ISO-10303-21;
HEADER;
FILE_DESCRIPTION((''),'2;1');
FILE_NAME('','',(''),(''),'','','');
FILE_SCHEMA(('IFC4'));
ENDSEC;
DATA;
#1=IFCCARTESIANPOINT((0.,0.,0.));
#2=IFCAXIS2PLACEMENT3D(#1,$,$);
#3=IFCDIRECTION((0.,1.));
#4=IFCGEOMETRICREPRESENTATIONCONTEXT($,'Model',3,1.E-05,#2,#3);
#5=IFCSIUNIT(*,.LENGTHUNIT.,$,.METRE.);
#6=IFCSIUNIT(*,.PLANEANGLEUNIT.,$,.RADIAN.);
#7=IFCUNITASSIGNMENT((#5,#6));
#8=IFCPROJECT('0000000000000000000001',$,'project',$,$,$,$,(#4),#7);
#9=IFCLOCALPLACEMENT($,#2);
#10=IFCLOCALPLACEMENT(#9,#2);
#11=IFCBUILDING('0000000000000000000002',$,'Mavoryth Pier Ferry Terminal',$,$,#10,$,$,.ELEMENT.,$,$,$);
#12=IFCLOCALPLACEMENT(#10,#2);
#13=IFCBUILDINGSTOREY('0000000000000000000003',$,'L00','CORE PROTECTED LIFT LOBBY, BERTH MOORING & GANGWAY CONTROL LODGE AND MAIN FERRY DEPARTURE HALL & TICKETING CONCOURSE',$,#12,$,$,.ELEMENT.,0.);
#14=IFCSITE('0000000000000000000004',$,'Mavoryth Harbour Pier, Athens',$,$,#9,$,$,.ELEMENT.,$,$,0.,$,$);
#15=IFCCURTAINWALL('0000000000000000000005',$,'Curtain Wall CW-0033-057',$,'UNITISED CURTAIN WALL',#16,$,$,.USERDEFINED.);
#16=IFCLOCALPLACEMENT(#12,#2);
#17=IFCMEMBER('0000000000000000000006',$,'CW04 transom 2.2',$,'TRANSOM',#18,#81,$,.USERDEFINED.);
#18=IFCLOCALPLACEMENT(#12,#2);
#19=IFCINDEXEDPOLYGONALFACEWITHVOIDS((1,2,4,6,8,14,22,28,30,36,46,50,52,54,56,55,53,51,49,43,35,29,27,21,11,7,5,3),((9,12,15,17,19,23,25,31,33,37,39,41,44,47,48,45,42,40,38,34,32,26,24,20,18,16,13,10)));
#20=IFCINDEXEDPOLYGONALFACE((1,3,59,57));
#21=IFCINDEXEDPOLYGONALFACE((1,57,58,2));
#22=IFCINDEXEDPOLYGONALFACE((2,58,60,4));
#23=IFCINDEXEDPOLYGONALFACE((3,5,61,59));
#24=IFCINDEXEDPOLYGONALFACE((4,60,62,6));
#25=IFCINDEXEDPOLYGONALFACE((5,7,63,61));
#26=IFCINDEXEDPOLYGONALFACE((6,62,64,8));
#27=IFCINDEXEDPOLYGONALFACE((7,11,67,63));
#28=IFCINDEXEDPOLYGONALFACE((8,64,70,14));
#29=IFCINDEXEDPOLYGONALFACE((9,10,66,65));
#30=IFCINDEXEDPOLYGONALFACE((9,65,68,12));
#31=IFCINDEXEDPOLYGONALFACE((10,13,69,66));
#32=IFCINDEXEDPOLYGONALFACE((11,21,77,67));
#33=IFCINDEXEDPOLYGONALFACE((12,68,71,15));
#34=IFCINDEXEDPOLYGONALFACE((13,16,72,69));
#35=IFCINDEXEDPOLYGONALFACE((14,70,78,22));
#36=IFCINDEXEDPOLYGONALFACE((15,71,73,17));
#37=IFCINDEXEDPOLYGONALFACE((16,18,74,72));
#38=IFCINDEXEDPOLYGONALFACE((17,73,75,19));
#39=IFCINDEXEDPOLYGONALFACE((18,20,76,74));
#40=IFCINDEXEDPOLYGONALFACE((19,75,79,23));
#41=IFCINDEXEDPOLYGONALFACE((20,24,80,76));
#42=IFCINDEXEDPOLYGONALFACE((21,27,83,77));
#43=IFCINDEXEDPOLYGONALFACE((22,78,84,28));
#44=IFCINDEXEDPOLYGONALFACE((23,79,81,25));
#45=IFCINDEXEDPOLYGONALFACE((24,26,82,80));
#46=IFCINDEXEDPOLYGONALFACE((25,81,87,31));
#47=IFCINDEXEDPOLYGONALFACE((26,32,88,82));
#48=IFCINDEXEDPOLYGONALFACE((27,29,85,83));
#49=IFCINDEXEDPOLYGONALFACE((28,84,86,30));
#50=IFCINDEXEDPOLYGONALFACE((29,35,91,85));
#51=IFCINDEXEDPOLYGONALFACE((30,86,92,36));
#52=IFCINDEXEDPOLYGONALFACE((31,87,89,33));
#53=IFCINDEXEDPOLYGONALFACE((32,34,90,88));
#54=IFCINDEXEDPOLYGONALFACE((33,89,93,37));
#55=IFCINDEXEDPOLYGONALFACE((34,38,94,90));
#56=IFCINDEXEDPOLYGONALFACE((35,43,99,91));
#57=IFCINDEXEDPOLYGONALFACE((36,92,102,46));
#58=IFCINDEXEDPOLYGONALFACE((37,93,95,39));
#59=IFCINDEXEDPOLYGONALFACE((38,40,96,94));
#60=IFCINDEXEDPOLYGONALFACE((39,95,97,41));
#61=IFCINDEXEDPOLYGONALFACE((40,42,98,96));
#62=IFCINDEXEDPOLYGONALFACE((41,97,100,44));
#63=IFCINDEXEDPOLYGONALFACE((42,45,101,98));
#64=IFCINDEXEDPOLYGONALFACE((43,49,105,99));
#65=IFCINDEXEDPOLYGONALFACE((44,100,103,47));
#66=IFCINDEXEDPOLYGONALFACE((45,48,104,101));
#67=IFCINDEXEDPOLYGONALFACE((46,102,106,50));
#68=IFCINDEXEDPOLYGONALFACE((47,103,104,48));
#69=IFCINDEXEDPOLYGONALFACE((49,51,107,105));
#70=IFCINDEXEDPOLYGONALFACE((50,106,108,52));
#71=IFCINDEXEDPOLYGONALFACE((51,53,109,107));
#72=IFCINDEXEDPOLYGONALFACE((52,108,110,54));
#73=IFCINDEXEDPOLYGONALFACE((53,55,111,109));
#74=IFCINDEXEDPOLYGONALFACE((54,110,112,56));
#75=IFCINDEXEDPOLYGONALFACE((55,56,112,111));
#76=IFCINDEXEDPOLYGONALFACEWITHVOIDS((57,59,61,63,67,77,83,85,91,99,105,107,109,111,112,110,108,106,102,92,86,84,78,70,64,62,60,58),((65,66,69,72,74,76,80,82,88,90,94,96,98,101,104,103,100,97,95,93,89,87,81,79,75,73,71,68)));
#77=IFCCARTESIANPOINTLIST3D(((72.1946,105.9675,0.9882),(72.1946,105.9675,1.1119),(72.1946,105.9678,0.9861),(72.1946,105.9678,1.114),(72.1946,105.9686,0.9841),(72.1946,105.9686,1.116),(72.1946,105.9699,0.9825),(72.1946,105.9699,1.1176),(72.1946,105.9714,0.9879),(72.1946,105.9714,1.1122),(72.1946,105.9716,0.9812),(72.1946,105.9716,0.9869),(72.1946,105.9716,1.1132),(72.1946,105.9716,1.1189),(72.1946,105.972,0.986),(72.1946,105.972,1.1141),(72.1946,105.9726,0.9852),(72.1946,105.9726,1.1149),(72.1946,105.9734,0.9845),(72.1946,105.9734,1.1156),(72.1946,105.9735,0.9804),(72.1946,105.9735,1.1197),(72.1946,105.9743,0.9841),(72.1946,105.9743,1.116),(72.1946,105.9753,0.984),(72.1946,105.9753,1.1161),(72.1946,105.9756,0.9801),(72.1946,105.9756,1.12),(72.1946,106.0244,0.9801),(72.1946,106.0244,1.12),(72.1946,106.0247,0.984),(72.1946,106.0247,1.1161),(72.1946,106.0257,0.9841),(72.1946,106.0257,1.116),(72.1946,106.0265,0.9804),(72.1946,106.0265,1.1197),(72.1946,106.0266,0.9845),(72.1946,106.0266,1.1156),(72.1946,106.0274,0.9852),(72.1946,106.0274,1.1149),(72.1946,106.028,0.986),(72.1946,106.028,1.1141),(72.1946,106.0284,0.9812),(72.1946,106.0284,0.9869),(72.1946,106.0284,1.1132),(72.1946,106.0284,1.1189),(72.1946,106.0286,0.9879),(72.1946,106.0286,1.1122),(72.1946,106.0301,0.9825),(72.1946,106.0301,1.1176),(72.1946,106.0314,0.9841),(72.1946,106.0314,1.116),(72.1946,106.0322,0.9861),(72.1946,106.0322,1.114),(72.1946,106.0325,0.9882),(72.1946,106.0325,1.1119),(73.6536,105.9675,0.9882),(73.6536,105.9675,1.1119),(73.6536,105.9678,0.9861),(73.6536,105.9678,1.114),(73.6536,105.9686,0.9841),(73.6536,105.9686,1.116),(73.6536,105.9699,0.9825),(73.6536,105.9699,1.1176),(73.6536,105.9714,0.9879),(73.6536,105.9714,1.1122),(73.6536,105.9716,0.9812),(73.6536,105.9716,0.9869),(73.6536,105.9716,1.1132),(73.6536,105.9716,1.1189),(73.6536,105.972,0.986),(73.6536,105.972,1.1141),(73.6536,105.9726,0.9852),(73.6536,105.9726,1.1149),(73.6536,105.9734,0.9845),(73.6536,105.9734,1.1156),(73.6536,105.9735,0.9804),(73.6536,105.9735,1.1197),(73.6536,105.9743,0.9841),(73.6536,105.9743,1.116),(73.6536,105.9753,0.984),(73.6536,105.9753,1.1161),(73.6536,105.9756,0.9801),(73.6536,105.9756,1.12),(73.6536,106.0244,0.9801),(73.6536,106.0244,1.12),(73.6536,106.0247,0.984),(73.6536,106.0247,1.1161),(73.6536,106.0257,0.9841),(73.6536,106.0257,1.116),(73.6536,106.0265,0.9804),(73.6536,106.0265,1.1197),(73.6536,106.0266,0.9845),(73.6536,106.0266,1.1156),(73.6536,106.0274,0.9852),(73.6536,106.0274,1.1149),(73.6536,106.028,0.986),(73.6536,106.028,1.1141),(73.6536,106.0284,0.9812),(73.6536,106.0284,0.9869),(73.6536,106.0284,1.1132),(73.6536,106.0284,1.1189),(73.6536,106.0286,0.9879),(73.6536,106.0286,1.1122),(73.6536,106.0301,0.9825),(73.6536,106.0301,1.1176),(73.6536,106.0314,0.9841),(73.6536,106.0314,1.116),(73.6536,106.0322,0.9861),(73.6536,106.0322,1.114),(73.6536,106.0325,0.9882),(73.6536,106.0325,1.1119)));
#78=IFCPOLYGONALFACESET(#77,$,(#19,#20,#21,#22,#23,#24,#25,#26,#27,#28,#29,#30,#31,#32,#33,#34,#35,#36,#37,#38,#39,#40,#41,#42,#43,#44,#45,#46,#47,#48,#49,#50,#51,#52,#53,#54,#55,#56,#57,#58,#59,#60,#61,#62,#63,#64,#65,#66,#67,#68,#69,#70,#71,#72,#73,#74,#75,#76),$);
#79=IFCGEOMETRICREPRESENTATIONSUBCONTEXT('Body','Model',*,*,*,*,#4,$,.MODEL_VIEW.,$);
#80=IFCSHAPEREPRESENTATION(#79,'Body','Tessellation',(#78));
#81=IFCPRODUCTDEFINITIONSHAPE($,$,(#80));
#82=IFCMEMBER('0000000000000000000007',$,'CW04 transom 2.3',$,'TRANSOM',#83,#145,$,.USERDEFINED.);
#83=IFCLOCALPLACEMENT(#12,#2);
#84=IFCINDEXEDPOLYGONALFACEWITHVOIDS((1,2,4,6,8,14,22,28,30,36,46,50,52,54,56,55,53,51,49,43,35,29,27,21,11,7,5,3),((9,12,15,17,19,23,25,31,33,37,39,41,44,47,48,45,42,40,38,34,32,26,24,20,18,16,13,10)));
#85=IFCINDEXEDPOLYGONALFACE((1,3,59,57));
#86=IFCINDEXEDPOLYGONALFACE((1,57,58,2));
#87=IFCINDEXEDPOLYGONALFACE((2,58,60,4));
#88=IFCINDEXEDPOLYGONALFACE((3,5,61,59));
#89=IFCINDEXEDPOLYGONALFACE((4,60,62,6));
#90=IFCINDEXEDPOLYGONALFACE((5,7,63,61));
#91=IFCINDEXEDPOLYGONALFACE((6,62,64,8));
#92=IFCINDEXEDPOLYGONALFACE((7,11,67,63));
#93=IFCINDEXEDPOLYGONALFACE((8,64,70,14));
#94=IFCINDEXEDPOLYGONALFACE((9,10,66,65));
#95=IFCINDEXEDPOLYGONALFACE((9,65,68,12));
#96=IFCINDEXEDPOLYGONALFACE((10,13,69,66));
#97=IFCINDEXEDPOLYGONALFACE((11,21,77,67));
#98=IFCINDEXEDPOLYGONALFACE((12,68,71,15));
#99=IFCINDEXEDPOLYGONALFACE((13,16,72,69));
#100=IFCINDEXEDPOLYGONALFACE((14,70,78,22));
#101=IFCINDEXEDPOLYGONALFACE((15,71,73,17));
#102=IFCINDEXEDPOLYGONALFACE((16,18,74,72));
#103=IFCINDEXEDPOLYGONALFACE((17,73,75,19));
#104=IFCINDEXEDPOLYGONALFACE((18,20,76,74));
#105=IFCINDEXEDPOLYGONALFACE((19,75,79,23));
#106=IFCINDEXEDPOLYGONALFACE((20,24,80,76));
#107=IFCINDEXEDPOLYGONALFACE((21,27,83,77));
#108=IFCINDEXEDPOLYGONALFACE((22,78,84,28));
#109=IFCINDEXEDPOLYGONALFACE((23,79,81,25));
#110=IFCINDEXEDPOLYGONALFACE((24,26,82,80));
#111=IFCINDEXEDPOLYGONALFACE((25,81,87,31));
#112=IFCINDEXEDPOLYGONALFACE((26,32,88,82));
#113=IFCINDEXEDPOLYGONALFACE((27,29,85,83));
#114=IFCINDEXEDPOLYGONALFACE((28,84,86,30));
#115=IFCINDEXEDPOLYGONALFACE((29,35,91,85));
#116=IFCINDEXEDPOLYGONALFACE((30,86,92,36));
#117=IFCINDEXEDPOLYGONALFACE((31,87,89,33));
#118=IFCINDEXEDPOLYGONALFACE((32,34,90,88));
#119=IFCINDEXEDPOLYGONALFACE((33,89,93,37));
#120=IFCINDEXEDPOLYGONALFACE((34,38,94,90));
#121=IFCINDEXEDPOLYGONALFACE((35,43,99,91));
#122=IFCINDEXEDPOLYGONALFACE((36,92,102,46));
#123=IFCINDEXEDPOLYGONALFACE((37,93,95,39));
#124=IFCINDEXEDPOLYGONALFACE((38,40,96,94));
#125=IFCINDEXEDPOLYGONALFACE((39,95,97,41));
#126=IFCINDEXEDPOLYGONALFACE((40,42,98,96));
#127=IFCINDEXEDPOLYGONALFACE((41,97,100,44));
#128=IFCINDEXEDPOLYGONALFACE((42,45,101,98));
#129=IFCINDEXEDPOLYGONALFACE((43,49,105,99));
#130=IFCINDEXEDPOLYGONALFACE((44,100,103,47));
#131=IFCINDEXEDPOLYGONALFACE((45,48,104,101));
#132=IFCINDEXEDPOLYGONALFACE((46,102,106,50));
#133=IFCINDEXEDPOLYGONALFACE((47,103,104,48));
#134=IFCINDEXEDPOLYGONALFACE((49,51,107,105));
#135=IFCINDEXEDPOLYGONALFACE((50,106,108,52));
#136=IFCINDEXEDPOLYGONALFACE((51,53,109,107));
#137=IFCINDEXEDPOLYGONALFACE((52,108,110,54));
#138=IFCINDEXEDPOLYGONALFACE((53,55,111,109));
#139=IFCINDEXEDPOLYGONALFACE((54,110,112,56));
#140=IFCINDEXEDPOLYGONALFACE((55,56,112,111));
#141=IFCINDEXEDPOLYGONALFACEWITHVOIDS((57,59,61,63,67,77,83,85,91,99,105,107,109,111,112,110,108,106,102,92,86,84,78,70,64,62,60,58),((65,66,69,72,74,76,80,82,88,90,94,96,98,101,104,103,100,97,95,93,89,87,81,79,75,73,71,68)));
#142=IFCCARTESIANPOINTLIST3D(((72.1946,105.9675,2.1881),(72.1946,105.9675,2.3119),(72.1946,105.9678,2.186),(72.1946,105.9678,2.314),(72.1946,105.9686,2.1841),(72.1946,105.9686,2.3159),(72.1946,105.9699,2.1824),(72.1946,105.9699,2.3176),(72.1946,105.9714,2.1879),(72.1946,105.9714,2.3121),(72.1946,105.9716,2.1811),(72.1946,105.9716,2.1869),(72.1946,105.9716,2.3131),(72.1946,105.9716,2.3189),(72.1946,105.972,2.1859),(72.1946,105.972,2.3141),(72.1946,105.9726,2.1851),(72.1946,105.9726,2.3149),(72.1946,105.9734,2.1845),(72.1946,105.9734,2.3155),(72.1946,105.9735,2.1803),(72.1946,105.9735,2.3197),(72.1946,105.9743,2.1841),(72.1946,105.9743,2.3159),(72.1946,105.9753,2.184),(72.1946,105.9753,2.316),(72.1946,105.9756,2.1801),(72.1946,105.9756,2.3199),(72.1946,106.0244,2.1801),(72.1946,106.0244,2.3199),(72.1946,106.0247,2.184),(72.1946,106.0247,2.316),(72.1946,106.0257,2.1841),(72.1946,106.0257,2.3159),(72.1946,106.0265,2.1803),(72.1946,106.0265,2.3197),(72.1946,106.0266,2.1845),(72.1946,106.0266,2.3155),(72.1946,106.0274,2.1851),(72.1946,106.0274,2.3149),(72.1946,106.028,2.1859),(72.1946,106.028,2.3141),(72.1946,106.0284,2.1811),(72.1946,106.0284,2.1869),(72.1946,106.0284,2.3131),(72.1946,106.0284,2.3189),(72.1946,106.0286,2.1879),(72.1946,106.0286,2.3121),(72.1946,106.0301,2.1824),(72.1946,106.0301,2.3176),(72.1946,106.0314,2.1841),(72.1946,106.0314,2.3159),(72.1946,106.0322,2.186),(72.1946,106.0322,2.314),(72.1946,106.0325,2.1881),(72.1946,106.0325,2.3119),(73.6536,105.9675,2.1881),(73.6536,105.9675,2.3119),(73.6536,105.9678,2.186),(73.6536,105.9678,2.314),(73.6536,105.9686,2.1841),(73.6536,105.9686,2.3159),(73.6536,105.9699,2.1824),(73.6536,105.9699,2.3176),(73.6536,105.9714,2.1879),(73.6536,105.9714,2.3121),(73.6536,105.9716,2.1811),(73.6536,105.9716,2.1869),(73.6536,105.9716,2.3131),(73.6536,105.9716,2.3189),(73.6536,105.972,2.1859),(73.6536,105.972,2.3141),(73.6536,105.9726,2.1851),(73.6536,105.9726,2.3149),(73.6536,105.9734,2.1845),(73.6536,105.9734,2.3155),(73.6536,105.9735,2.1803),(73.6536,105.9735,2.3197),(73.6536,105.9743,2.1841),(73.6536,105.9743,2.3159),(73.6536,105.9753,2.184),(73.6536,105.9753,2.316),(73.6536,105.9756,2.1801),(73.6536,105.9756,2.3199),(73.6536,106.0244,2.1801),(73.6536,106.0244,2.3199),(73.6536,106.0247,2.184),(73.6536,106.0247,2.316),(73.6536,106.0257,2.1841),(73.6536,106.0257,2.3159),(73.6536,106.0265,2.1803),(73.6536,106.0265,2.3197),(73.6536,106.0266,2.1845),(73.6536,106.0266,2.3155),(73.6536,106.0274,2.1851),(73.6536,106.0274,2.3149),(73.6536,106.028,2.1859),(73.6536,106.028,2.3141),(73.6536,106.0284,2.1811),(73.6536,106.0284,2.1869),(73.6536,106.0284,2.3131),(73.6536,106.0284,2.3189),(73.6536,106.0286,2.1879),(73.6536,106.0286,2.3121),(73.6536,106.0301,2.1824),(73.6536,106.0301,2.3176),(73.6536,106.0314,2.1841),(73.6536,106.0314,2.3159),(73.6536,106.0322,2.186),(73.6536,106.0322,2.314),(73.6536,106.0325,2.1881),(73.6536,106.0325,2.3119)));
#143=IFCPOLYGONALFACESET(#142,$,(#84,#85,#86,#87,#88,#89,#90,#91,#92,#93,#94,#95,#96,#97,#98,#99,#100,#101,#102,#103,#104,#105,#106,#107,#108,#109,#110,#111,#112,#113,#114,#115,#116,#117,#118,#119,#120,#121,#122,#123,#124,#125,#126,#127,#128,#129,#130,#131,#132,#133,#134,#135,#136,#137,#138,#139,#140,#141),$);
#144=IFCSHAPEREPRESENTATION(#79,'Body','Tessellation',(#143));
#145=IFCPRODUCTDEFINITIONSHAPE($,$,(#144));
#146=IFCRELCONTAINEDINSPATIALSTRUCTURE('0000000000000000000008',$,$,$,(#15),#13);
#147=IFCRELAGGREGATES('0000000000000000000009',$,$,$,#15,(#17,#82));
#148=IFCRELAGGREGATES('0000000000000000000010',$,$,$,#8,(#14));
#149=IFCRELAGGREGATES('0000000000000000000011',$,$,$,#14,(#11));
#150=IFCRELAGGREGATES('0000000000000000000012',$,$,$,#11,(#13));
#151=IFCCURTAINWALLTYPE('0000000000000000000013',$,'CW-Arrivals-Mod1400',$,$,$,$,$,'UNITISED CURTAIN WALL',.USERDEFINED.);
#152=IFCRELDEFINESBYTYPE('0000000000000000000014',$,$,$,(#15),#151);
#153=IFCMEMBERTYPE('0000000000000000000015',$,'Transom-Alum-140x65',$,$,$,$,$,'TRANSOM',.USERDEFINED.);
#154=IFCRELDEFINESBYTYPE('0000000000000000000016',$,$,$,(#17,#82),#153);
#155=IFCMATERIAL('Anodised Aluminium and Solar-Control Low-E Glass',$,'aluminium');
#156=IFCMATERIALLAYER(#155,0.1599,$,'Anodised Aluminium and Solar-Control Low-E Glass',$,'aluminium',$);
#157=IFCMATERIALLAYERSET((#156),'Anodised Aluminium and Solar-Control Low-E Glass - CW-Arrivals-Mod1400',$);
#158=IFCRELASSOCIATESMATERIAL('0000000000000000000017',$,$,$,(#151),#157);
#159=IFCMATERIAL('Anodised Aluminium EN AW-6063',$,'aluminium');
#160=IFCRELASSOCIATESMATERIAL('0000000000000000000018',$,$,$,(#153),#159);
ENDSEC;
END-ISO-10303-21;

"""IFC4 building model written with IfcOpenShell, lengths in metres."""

from ifc_helpers import new_model, si_unit, direction, frame, origin, origin_2d, place, context, subcontext, project, spatial, hollow_rectangle, extrude, material, layer, layer_set, material_profile, profile_set, type_object, element, aggregate, save


model = new_model("IFC4")

# Units and contexts
model_context = context("Model", 3, precision=1e-05, world=origin(), true_north=direction((0.0, 1.0)))
body_context = subcontext(model_context, "Body", "Model", "MODEL_VIEW")
ifc_project = project(units=[si_unit("LENGTHUNIT", "METRE"), si_unit("PLANEANGLEUNIT", "RADIAN")], contexts=[model_context])

# Site, building, storey
site_placement = place(None, origin())
site = spatial("IfcSite", under=ifc_project, at=site_placement, Name="Mavoryth Harbour Pier, Athens", CompositionType="ELEMENT", RefElevation=0.0)
building_placement = place(site_placement, origin())
building = spatial("IfcBuilding", under=site, at=building_placement, Name="Mavoryth Pier Ferry Terminal", CompositionType="ELEMENT")
storey_placement = place(building_placement, origin())
storey = spatial("IfcBuildingStorey", under=building, at=storey_placement, Name="L00", Description="CORE PROTECTED LIFT LOBBY, BERTH MOORING & GANGWAY CONTROL LODGE AND MAIN FERRY DEPARTURE HALL & TICKETING CONCOURSE", CompositionType="ELEMENT", Elevation=0.0)

# Curtain wall, members
ifc_material_1 = material(Name="Anodised Aluminium and Solar-Control Low-E Glass", Category="aluminium")
ifc_layer_1 = layer(ifc_material_1, 0.1599, Name="Anodised Aluminium and Solar-Control Low-E Glass", Category="aluminium")
ifc_layer_set_1 = layer_set([ifc_layer_1], Name="Anodised Aluminium and Solar-Control Low-E Glass - CW-Arrivals-Mod1400")
curtain_wall_type = type_object("IfcCurtainWallType", Name="CW-Arrivals-Mod1400", ElementType="UNITISED CURTAIN WALL", PredefinedType="USERDEFINED", material=ifc_layer_set_1)
curtain_wall_placement = place(storey_placement, origin())
curtain_wall = element("IfcCurtainWall", 1, at=curtain_wall_placement, inside=storey, type_object=curtain_wall_type, Name="Curtain Wall CW-0033-057", ObjectType="UNITISED CURTAIN WALL", PredefinedType="USERDEFINED")
ifc_material_2 = material(Name="Anodised Aluminium EN AW-6063", Category="aluminium")
ifc_material_profile_1 = material_profile(ifc_material_2, hollow_rectangle(XDim=0.0649, YDim=0.1399, WallThickness=0.0039, InnerFilletRadius=0.0039, OuterFilletRadius=0.0081, at=origin_2d()), Name="AL-TRAN 140x65x4", Category="aluminium")
ifc_profile_set_1 = profile_set([ifc_material_profile_1], Name="Anodised Aluminium EN AW-6063 - AL-TRAN 140x65x4")
member_type_1 = type_object("IfcMemberType", Name="Transom-Alum-140x65", ElementType="TRANSOM", PredefinedType="USERDEFINED", material=ifc_profile_set_1)
member_1_placement = place(storey_placement, frame((73.6536, 106.0, 1.05), z_axis=(-1.0, 0.0, 0.0), x_axis=(0.0, -1.0, 0.0)))
member_1 = element("IfcMember", 2, at=member_1_placement, type_object=member_type_1, Name="CW04 transom 2.2", ObjectType="TRANSOM", PredefinedType="USERDEFINED", context=body_context, shape_type="SweptSolid", body=[
    extrude(hollow_rectangle(XDim=0.0649, YDim=0.1399, WallThickness=0.0039, InnerFilletRadius=0.0039, OuterFilletRadius=0.0081, at=origin_2d()), origin(), (0.0, 0.0, 1.0), 1.459),
])
member_2_placement = place(storey_placement, frame((73.6536, 106.0, 2.25), z_axis=(-1.0, 0.0, 0.0), x_axis=(0.0, -1.0, 0.0)))
member_2 = element("IfcMember", 3, at=member_2_placement, type_object=member_type_1, Name="CW04 transom 2.3", ObjectType="TRANSOM", PredefinedType="USERDEFINED", context=body_context, shape_type="SweptSolid", body=[
    extrude(hollow_rectangle(XDim=0.0649, YDim=0.1399, WallThickness=0.0039, InnerFilletRadius=0.0039, OuterFilletRadius=0.0081, at=origin_2d()), origin(), (0.0, 0.0, 1.0), 1.459),
])
aggregate(curtain_wall, [member_1, member_2])

save(model, "model.ifc")
